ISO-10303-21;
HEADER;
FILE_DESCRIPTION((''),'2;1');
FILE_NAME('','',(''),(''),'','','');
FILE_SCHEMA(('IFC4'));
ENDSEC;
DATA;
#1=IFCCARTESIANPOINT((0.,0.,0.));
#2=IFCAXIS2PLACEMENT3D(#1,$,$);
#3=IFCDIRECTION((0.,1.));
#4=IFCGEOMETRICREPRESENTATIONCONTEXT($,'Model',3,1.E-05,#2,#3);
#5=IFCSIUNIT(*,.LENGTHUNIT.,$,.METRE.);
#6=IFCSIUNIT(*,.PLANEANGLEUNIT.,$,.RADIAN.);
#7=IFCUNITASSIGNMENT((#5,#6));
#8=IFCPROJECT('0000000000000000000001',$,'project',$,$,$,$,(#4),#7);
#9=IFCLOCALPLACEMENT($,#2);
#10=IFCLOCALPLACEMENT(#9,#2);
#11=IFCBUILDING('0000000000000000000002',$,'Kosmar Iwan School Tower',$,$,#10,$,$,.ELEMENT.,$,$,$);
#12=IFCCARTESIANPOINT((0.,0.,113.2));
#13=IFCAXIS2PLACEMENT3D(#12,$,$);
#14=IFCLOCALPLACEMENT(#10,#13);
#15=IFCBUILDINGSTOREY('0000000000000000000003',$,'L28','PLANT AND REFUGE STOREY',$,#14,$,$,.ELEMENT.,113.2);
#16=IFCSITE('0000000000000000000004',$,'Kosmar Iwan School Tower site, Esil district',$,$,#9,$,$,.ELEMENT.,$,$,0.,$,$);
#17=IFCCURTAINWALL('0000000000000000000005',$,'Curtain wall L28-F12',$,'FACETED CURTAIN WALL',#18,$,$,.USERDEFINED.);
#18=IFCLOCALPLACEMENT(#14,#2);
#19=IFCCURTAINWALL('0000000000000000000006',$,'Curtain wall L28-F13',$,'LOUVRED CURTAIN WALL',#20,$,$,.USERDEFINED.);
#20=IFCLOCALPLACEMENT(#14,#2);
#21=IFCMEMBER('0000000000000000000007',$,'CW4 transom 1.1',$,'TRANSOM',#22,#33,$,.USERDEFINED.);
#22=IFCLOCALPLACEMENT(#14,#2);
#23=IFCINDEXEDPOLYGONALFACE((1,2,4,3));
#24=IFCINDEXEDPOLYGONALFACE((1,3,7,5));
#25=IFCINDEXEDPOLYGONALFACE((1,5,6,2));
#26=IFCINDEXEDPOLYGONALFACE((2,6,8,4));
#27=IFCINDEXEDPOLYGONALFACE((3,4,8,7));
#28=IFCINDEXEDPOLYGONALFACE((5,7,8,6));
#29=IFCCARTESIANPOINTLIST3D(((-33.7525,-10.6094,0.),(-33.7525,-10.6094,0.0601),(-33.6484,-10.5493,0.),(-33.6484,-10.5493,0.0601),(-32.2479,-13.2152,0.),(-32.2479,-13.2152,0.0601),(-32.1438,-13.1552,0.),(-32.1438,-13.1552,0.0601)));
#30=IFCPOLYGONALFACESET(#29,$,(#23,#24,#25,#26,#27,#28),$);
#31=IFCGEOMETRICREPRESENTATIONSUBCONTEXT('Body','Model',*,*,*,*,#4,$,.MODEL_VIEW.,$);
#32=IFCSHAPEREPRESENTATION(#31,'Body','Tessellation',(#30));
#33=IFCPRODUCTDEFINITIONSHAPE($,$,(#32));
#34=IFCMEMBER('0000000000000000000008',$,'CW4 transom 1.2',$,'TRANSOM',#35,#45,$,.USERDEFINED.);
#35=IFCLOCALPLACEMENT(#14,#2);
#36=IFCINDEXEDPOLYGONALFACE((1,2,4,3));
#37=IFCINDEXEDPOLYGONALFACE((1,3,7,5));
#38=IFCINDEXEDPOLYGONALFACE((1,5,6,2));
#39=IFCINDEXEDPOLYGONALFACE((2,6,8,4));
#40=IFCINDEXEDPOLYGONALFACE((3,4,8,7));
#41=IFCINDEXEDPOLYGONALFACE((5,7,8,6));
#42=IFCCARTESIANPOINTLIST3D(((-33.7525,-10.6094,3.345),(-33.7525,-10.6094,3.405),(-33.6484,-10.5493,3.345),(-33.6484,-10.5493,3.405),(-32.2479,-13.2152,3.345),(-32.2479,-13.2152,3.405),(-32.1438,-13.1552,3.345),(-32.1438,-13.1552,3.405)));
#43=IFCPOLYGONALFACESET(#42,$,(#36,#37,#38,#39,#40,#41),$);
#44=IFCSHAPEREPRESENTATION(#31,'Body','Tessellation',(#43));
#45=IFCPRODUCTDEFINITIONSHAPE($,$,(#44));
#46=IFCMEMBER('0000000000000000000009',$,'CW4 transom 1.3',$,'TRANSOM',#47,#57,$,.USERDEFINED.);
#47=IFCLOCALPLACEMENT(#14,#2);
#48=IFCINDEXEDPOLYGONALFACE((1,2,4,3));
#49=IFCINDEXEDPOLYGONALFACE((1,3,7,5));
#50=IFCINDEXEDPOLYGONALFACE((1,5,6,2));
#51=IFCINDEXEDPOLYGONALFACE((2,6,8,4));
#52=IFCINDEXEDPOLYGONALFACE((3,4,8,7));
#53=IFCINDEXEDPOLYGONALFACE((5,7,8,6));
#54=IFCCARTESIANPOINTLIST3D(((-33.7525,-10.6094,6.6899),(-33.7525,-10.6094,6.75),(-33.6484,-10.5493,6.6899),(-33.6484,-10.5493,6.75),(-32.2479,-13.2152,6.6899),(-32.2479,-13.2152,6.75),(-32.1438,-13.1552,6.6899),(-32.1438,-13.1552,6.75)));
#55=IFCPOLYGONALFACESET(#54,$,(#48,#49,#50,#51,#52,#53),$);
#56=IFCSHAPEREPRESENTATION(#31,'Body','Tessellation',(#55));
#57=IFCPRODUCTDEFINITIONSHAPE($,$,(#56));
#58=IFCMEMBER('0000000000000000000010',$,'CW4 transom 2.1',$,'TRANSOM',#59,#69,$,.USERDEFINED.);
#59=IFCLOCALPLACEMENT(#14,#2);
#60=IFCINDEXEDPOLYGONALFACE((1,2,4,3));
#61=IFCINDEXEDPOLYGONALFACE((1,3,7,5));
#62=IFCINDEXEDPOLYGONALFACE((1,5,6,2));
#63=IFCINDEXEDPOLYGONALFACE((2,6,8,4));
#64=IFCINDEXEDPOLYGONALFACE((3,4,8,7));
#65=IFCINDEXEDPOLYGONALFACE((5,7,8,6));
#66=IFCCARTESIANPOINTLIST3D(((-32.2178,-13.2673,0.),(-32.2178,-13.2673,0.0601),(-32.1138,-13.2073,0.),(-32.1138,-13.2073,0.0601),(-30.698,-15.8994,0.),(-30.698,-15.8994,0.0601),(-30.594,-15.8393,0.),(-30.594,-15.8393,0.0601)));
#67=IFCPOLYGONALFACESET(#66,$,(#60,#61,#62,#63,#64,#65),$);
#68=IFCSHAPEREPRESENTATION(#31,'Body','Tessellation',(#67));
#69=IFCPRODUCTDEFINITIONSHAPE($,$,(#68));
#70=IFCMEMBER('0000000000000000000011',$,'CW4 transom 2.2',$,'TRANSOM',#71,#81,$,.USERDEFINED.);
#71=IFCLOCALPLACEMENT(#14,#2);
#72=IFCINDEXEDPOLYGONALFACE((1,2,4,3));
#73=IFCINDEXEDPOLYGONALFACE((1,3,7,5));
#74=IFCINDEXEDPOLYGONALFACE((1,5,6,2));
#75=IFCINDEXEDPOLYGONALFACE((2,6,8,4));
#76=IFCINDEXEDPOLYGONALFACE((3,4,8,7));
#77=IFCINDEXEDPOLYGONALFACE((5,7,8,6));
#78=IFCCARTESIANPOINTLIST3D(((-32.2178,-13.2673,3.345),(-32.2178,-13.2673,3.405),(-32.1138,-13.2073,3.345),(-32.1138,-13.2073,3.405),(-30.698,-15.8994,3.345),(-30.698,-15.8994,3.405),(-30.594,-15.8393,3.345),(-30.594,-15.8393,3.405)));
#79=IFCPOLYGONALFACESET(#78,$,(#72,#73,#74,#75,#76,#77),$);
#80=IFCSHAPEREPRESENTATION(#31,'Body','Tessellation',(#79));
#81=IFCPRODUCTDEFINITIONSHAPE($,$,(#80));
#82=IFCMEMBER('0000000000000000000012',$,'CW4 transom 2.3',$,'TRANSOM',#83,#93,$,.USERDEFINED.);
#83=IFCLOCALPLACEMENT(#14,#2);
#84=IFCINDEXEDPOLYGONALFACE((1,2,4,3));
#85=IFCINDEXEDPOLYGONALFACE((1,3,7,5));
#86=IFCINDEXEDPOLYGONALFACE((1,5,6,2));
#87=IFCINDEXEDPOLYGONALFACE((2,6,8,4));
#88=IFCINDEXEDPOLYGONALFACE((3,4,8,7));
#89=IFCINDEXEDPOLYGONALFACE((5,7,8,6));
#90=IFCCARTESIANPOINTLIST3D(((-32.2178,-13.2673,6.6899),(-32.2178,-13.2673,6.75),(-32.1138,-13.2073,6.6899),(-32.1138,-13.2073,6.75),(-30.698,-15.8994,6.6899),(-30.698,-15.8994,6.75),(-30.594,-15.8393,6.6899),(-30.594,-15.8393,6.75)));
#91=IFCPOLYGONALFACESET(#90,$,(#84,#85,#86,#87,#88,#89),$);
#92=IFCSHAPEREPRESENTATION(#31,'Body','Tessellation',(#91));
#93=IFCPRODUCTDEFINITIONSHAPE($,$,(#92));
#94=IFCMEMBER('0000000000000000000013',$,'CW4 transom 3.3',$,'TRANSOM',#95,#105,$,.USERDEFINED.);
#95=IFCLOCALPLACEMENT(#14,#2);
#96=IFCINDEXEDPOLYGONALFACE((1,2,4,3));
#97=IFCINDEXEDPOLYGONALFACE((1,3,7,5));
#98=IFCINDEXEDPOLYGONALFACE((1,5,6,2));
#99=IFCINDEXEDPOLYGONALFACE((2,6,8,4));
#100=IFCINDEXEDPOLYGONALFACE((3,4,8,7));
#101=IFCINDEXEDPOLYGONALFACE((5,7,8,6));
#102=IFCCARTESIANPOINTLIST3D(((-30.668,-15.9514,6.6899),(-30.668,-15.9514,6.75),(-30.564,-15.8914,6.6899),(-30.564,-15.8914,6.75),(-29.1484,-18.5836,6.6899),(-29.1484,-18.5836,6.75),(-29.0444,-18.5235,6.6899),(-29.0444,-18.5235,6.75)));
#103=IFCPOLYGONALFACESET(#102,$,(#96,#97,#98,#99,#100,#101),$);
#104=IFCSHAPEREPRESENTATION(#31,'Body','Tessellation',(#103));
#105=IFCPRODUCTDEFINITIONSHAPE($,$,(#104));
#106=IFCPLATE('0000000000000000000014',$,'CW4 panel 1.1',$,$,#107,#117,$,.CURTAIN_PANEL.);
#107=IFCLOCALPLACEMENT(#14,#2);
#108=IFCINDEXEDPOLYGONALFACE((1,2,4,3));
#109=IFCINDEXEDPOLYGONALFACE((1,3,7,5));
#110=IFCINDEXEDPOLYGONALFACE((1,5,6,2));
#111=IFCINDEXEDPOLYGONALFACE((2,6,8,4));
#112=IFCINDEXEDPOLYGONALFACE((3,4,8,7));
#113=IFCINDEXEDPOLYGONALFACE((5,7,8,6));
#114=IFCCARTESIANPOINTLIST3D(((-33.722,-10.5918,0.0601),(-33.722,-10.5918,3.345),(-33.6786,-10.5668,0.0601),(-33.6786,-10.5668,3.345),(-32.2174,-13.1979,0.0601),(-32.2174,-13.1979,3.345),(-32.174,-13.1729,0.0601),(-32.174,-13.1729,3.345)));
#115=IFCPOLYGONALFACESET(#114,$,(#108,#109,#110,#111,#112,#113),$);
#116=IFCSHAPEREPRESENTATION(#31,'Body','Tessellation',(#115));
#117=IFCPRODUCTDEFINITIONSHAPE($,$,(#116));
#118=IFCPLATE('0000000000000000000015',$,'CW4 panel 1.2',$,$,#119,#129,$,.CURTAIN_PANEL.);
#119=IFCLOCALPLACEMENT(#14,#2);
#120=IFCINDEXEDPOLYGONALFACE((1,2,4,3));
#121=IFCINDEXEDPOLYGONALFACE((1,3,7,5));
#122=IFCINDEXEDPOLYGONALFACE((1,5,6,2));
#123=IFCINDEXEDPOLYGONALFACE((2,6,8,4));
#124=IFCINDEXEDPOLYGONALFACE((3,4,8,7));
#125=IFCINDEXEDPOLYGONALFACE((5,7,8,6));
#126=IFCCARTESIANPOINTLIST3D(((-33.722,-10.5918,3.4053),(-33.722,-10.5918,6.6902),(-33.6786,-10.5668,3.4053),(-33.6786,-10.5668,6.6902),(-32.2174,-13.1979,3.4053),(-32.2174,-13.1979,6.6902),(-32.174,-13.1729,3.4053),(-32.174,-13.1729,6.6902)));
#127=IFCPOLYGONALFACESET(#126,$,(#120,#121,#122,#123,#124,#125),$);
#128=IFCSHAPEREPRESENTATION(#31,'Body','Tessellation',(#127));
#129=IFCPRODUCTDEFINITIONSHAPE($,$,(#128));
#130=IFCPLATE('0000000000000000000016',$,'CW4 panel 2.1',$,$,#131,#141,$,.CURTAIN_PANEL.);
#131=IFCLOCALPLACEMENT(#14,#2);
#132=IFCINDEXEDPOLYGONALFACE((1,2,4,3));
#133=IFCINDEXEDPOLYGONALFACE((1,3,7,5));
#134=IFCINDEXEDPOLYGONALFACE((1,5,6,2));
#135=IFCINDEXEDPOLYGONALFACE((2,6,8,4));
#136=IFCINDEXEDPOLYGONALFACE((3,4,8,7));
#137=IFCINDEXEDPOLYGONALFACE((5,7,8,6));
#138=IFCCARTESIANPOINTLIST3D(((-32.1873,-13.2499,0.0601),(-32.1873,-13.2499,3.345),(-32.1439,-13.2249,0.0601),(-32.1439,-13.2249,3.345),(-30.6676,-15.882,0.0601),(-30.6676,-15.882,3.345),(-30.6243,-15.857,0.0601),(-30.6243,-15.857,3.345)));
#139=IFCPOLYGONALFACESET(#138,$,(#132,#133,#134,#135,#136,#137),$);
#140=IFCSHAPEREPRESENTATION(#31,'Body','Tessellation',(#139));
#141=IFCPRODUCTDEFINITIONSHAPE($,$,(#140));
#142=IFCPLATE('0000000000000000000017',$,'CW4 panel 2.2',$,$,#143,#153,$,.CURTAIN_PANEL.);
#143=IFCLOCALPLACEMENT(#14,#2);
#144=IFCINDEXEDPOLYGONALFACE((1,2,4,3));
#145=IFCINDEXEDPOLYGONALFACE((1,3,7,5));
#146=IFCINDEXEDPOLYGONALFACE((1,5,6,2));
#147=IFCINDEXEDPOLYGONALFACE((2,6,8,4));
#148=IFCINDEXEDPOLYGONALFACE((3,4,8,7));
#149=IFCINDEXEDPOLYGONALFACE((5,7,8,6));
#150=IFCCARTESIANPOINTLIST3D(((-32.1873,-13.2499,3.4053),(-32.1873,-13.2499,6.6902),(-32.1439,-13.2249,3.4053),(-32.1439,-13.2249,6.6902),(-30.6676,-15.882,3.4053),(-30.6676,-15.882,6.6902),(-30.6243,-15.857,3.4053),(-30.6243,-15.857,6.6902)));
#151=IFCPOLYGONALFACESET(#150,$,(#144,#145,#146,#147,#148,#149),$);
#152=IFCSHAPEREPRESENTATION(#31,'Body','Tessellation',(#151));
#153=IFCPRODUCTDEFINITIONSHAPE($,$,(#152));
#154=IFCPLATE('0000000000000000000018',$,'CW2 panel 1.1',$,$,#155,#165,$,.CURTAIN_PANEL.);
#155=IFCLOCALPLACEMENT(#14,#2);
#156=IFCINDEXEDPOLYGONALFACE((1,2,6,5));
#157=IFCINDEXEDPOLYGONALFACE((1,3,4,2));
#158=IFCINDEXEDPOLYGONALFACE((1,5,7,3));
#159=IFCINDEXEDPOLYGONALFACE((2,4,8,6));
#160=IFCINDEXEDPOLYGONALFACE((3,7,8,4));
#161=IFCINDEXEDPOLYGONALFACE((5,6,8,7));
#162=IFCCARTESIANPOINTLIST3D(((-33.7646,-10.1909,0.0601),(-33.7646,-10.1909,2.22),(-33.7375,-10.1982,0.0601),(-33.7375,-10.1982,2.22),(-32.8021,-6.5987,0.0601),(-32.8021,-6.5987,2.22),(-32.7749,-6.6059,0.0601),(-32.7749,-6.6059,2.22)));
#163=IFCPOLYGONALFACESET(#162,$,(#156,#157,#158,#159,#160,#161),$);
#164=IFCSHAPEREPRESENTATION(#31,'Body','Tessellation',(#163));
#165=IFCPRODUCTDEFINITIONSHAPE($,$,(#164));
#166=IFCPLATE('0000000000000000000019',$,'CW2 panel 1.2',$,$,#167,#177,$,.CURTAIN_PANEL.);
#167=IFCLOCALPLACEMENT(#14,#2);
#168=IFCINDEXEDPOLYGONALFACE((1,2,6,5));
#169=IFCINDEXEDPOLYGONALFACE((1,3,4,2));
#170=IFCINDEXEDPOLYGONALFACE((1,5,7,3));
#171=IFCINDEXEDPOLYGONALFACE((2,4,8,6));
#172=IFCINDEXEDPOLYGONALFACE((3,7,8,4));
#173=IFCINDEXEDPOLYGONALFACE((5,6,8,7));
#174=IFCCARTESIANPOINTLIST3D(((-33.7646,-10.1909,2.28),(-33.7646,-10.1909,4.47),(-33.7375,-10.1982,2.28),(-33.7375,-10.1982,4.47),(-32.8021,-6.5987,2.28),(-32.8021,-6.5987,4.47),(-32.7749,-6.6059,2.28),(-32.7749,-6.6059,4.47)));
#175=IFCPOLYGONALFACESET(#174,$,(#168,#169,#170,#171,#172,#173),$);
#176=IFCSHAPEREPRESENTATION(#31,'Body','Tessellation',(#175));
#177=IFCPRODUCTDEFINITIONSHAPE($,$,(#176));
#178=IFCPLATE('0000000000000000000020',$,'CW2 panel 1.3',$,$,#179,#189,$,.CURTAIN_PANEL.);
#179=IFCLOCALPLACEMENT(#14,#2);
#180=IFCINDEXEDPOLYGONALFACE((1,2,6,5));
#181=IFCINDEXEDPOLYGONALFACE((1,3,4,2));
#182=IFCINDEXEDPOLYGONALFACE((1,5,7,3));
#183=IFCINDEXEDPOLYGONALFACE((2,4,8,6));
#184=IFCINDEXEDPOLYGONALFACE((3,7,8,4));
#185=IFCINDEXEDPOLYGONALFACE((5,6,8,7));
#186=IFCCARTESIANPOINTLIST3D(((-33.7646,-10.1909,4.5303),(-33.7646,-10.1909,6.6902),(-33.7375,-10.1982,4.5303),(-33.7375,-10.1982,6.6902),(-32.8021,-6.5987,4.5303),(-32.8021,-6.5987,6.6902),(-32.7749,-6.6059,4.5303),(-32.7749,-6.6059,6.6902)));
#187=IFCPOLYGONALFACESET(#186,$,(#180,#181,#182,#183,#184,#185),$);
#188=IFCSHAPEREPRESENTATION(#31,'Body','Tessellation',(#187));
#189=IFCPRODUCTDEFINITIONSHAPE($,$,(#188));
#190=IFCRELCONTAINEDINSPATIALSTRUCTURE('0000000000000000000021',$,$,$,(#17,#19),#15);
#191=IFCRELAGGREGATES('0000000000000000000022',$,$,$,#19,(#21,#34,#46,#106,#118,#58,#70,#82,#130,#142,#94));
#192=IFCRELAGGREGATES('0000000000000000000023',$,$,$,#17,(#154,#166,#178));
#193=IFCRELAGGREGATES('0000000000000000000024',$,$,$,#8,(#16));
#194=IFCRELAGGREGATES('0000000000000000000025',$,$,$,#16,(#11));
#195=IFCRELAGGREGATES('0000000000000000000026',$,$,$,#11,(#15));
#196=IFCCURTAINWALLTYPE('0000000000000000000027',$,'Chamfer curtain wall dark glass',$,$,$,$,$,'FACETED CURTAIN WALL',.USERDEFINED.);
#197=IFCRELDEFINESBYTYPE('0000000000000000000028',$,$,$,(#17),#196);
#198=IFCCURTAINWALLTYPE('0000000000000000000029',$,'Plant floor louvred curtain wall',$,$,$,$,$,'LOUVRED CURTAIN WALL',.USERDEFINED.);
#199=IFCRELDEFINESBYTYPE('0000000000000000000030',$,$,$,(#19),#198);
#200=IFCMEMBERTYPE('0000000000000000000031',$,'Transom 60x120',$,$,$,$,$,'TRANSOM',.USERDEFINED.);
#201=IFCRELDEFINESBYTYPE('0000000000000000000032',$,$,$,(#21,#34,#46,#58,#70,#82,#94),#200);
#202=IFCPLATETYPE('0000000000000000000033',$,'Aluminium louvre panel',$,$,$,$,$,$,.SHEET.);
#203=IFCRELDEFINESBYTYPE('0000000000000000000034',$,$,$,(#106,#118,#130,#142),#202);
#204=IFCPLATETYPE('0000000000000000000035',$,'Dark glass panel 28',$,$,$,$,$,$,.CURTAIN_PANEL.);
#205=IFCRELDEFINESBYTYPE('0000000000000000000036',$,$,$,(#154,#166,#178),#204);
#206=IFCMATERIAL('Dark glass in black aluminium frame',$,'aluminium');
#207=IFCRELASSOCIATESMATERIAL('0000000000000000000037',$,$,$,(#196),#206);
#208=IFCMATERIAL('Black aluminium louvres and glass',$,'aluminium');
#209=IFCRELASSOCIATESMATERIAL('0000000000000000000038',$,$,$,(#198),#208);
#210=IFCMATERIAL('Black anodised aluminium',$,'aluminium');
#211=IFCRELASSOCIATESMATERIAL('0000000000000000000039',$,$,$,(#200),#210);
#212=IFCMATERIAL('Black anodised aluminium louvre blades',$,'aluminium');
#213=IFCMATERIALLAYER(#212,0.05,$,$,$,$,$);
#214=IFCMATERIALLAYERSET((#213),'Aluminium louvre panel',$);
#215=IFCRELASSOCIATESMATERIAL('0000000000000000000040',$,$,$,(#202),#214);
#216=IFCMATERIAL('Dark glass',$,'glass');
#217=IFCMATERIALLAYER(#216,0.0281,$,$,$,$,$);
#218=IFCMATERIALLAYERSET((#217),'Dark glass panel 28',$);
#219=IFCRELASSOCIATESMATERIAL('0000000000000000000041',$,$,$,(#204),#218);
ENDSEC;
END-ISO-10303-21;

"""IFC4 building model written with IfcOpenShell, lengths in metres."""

from ifc_helpers import new_model, si_unit, direction, frame, origin, origin_2d, place, context, subcontext, project, spatial, rectangle, extrude, material, layer, layer_set, material_profile, profile_set, type_object, element, aggregate, save


model = new_model("IFC4")

# Units and contexts
model_context = context("Model", 3, precision=1e-05, world=origin(), true_north=direction((0.0, 1.0)))
body_context = subcontext(model_context, "Body", "Model", "MODEL_VIEW")
ifc_project = project(units=[si_unit("LENGTHUNIT", "METRE"), si_unit("PLANEANGLEUNIT", "RADIAN")], contexts=[model_context])

# Site, building, storey
site_placement = place(None, origin())
site = spatial("IfcSite", under=ifc_project, at=site_placement, Name="Kosmar Iwan School Tower site, Esil district", CompositionType="ELEMENT", RefElevation=0.0)
building_placement = place(site_placement, origin())
building = spatial("IfcBuilding", under=site, at=building_placement, Name="Kosmar Iwan School Tower", CompositionType="ELEMENT")
storey_placement = place(building_placement, frame((0.0, 0.0, 113.2)))
storey = spatial("IfcBuildingStorey", under=building, at=storey_placement, Name="L28", Description="PLANT AND REFUGE STOREY", CompositionType="ELEMENT", Elevation=113.2)

# Curtain walls
ifc_material_1 = material(Name="Dark glass in black aluminium frame", Category="aluminium")
curtain_wall_type_1 = type_object("IfcCurtainWallType", Name="Chamfer curtain wall dark glass", ElementType="FACETED CURTAIN WALL", PredefinedType="USERDEFINED", material=ifc_material_1)
curtain_wall_1_placement = place(storey_placement, origin())
curtain_wall_1 = element("IfcCurtainWall", 1, at=curtain_wall_1_placement, inside=storey, type_object=curtain_wall_type_1, Name="Curtain wall L28-F12", ObjectType="FACETED CURTAIN WALL", PredefinedType="USERDEFINED")
ifc_material_2 = material(Name="Black aluminium louvres and glass", Category="aluminium")
curtain_wall_type_2 = type_object("IfcCurtainWallType", Name="Plant floor louvred curtain wall", ElementType="LOUVRED CURTAIN WALL", PredefinedType="USERDEFINED", material=ifc_material_2)
curtain_wall_2_placement = place(storey_placement, origin())
curtain_wall_2 = element("IfcCurtainWall", 2, at=curtain_wall_2_placement, inside=storey, type_object=curtain_wall_type_2, Name="Curtain wall L28-F13", ObjectType="LOUVRED CURTAIN WALL", PredefinedType="USERDEFINED")

# Members
ifc_material_3 = material(Name="Black anodised aluminium", Category="aluminium")
ifc_material_profile_1 = material_profile(ifc_material_3, rectangle(XDim=0.1201, YDim=0.0601, at=origin_2d()), Name="TRANSOM 60x120")
ifc_profile_set_1 = profile_set([ifc_material_profile_1], Name="Black anodised aluminium")
member_type_1 = type_object("IfcMemberType", Name="Transom 60x120", ElementType="TRANSOM", PredefinedType="USERDEFINED", material=ifc_profile_set_1)
member_1_placement = place(storey_placement, frame((-33.7004, -10.5793, 0.03), z_axis=(0.500022, -0.866013, 0.0), x_axis=(0.866013, 0.500022, 0.0)))
member_1 = element("IfcMember", 3, at=member_1_placement, type_object=member_type_1, Name="CW4 transom 1.1", ObjectType="TRANSOM", PredefinedType="USERDEFINED", context=body_context, shape_type="SweptSolid", body=[
    extrude(rectangle(XDim=0.1201, YDim=0.0601, at=origin_2d()), origin(), (0.0, 0.0, 1.0), 3.009),
])
member_2_placement = place(storey_placement, frame((-33.7004, -10.5793, 3.375), z_axis=(0.500022, -0.866013, 0.0), x_axis=(0.866013, 0.500022, 0.0)))
member_2 = element("IfcMember", 4, at=member_2_placement, type_object=member_type_1, Name="CW4 transom 1.2", ObjectType="TRANSOM", PredefinedType="USERDEFINED", context=body_context, shape_type="SweptSolid", body=[
    extrude(rectangle(XDim=0.1201, YDim=0.0601, at=origin_2d()), origin(), (0.0, 0.0, 1.0), 3.009),
])
member_3_placement = place(storey_placement, frame((-33.7004, -10.5793, 6.72), z_axis=(0.500022, -0.866013, 0.0), x_axis=(0.866013, 0.500022, 0.0)))
member_3 = element("IfcMember", 5, at=member_3_placement, type_object=member_type_1, Name="CW4 transom 1.3", ObjectType="TRANSOM", PredefinedType="USERDEFINED", context=body_context, shape_type="SweptSolid", body=[
    extrude(rectangle(XDim=0.1201, YDim=0.0601, at=origin_2d()), origin(), (0.0, 0.0, 1.0), 3.009),
])
member_4_placement = place(storey_placement, frame((-32.1658, -13.2373, 0.03), z_axis=(0.500035, -0.866005, 0.0), x_axis=(0.866005, 0.500035, 0.0)))
member_4 = element("IfcMember", 6, at=member_4_placement, type_object=member_type_1, Name="CW4 transom 2.1", ObjectType="TRANSOM", PredefinedType="USERDEFINED", context=body_context, shape_type="SweptSolid", body=[
    extrude(rectangle(XDim=0.1201, YDim=0.0601, at=origin_2d()), origin(), (0.0, 0.0, 1.0), 3.0393),
])
member_5_placement = place(storey_placement, frame((-32.1658, -13.2373, 3.375), z_axis=(0.500035, -0.866005, 0.0), x_axis=(0.866005, 0.500035, 0.0)))
member_5 = element("IfcMember", 7, at=member_5_placement, type_object=member_type_1, Name="CW4 transom 2.2", ObjectType="TRANSOM", PredefinedType="USERDEFINED", context=body_context, shape_type="SweptSolid", body=[
    extrude(rectangle(XDim=0.1201, YDim=0.0601, at=origin_2d()), origin(), (0.0, 0.0, 1.0), 3.0393),
])
member_6_placement = place(storey_placement, frame((-32.1658, -13.2373, 6.72), z_axis=(0.500035, -0.866005, 0.0), x_axis=(0.866005, 0.500035, 0.0)))
member_6 = element("IfcMember", 8, at=member_6_placement, type_object=member_type_1, Name="CW4 transom 2.3", ObjectType="TRANSOM", PredefinedType="USERDEFINED", context=body_context, shape_type="SweptSolid", body=[
    extrude(rectangle(XDim=0.1201, YDim=0.0601, at=origin_2d()), origin(), (0.0, 0.0, 1.0), 3.0393),
])
member_7_placement = place(storey_placement, frame((-30.616, -15.9214, 6.72), z_axis=(0.499975, -0.86604, 0.0), x_axis=(0.86604, 0.499975, 0.0)))
member_7 = element("IfcMember", 9, at=member_7_placement, type_object=member_type_1, Name="CW4 transom 3.3", ObjectType="TRANSOM", PredefinedType="USERDEFINED", context=body_context, shape_type="SweptSolid", body=[
    extrude(rectangle(XDim=0.1201, YDim=0.0601, at=origin_2d()), origin(), (0.0, 0.0, 1.0), 3.0393),
])

# Plates
ifc_material_4 = material(Name="Black anodised aluminium louvre blades", Category="aluminium")
ifc_layer_1 = layer(ifc_material_4, 0.05)
ifc_layer_set_1 = layer_set([ifc_layer_1], Name="Aluminium louvre panel")
plate_type_1 = type_object("IfcPlateType", Name="Aluminium louvre panel", PredefinedType="SHEET", material=ifc_layer_set_1)
plate_1_placement = place(storey_placement, frame((-32.948, -11.8823, 0.0601), z_axis=(0.0, 0.0, 1.0), x_axis=(0.5, -0.866025, 0.0)))
plate_1 = element("IfcPlate", 10, at=plate_1_placement, type_object=plate_type_1, Name="CW4 panel 1.1", PredefinedType="CURTAIN_PANEL", context=body_context, shape_type="SweptSolid", body=[
    extrude(rectangle(XDim=3.0093, YDim=0.05, at=origin_2d()), origin(), (0.0, 0.0, 1.0), 3.2849),
])
plate_2_placement = place(storey_placement, frame((-32.948, -11.8823, 3.4053), z_axis=(0.0, 0.0, 1.0), x_axis=(0.5, -0.866025, 0.0)))
plate_2 = element("IfcPlate", 11, at=plate_2_placement, type_object=plate_type_1, Name="CW4 panel 1.2", PredefinedType="CURTAIN_PANEL", context=body_context, shape_type="SweptSolid", body=[
    extrude(rectangle(XDim=3.0093, YDim=0.05, at=origin_2d()), origin(), (0.0, 0.0, 1.0), 3.2849),
])
plate_3_placement = place(storey_placement, frame((-31.4058, -14.5535, 0.0601), z_axis=(0.0, 0.0, 1.0), x_axis=(0.5, -0.866025, 0.0)))
plate_3 = element("IfcPlate", 12, at=plate_3_placement, type_object=plate_type_1, Name="CW4 panel 2.1", PredefinedType="CURTAIN_PANEL", context=body_context, shape_type="SweptSolid", body=[
    extrude(rectangle(XDim=3.0393, YDim=0.05, at=origin_2d()), origin(), (0.0, 0.0, 1.0), 3.2849),
])
plate_4_placement = place(storey_placement, frame((-31.4058, -14.5535, 3.4053), z_axis=(0.0, 0.0, 1.0), x_axis=(0.5, -0.866025, 0.0)))
plate_4 = element("IfcPlate", 13, at=plate_4_placement, type_object=plate_type_1, Name="CW4 panel 2.2", PredefinedType="CURTAIN_PANEL", context=body_context, shape_type="SweptSolid", body=[
    extrude(rectangle(XDim=3.0393, YDim=0.05, at=origin_2d()), origin(), (0.0, 0.0, 1.0), 3.2849),
])
aggregate(curtain_wall_2, [member_1, member_2, member_3, plate_1, plate_2, member_4, member_5, member_6, plate_3, plate_4, member_7])
ifc_material_5 = material(Name="Dark glass", Category="glass")
ifc_layer_2 = layer(ifc_material_5, 0.0281)
ifc_layer_set_2 = layer_set([ifc_layer_2], Name="Dark glass panel 28")
plate_type_2 = type_object("IfcPlateType", Name="Dark glass panel 28", PredefinedType="CURTAIN_PANEL", material=ifc_layer_set_2)
plate_5_placement = place(storey_placement, frame((-33.2698, -8.3984, 0.0601), z_axis=(0.0, 0.0, 1.0), x_axis=(-0.258819, -0.965926, 0.0)))
plate_5 = element("IfcPlate", 14, at=plate_5_placement, type_object=plate_type_2, Name="CW2 panel 1.1", PredefinedType="CURTAIN_PANEL", context=body_context, shape_type="SweptSolid", body=[
    extrude(rectangle(XDim=3.719, YDim=0.0281, at=origin_2d()), origin(), (0.0, 0.0, 1.0), 2.1599),
])
plate_6_placement = place(storey_placement, frame((-33.2698, -8.3984, 2.28), z_axis=(0.0, 0.0, 1.0), x_axis=(-0.258819, -0.965926, 0.0)))
plate_6 = element("IfcPlate", 15, at=plate_6_placement, type_object=plate_type_2, Name="CW2 panel 1.2", PredefinedType="CURTAIN_PANEL", context=body_context, shape_type="SweptSolid", body=[
    extrude(rectangle(XDim=3.719, YDim=0.0281, at=origin_2d()), origin(), (0.0, 0.0, 1.0), 2.1899),
])
plate_7_placement = place(storey_placement, frame((-33.2698, -8.3984, 4.5303), z_axis=(0.0, 0.0, 1.0), x_axis=(-0.258819, -0.965926, 0.0)))
plate_7 = element("IfcPlate", 16, at=plate_7_placement, type_object=plate_type_2, Name="CW2 panel 1.3", PredefinedType="CURTAIN_PANEL", context=body_context, shape_type="SweptSolid", body=[
    extrude(rectangle(XDim=3.719, YDim=0.0281, at=origin_2d()), origin(), (0.0, 0.0, 1.0), 2.1599),
])
aggregate(curtain_wall_1, [plate_5, plate_6, plate_7])

save(model, "model.ifc")
